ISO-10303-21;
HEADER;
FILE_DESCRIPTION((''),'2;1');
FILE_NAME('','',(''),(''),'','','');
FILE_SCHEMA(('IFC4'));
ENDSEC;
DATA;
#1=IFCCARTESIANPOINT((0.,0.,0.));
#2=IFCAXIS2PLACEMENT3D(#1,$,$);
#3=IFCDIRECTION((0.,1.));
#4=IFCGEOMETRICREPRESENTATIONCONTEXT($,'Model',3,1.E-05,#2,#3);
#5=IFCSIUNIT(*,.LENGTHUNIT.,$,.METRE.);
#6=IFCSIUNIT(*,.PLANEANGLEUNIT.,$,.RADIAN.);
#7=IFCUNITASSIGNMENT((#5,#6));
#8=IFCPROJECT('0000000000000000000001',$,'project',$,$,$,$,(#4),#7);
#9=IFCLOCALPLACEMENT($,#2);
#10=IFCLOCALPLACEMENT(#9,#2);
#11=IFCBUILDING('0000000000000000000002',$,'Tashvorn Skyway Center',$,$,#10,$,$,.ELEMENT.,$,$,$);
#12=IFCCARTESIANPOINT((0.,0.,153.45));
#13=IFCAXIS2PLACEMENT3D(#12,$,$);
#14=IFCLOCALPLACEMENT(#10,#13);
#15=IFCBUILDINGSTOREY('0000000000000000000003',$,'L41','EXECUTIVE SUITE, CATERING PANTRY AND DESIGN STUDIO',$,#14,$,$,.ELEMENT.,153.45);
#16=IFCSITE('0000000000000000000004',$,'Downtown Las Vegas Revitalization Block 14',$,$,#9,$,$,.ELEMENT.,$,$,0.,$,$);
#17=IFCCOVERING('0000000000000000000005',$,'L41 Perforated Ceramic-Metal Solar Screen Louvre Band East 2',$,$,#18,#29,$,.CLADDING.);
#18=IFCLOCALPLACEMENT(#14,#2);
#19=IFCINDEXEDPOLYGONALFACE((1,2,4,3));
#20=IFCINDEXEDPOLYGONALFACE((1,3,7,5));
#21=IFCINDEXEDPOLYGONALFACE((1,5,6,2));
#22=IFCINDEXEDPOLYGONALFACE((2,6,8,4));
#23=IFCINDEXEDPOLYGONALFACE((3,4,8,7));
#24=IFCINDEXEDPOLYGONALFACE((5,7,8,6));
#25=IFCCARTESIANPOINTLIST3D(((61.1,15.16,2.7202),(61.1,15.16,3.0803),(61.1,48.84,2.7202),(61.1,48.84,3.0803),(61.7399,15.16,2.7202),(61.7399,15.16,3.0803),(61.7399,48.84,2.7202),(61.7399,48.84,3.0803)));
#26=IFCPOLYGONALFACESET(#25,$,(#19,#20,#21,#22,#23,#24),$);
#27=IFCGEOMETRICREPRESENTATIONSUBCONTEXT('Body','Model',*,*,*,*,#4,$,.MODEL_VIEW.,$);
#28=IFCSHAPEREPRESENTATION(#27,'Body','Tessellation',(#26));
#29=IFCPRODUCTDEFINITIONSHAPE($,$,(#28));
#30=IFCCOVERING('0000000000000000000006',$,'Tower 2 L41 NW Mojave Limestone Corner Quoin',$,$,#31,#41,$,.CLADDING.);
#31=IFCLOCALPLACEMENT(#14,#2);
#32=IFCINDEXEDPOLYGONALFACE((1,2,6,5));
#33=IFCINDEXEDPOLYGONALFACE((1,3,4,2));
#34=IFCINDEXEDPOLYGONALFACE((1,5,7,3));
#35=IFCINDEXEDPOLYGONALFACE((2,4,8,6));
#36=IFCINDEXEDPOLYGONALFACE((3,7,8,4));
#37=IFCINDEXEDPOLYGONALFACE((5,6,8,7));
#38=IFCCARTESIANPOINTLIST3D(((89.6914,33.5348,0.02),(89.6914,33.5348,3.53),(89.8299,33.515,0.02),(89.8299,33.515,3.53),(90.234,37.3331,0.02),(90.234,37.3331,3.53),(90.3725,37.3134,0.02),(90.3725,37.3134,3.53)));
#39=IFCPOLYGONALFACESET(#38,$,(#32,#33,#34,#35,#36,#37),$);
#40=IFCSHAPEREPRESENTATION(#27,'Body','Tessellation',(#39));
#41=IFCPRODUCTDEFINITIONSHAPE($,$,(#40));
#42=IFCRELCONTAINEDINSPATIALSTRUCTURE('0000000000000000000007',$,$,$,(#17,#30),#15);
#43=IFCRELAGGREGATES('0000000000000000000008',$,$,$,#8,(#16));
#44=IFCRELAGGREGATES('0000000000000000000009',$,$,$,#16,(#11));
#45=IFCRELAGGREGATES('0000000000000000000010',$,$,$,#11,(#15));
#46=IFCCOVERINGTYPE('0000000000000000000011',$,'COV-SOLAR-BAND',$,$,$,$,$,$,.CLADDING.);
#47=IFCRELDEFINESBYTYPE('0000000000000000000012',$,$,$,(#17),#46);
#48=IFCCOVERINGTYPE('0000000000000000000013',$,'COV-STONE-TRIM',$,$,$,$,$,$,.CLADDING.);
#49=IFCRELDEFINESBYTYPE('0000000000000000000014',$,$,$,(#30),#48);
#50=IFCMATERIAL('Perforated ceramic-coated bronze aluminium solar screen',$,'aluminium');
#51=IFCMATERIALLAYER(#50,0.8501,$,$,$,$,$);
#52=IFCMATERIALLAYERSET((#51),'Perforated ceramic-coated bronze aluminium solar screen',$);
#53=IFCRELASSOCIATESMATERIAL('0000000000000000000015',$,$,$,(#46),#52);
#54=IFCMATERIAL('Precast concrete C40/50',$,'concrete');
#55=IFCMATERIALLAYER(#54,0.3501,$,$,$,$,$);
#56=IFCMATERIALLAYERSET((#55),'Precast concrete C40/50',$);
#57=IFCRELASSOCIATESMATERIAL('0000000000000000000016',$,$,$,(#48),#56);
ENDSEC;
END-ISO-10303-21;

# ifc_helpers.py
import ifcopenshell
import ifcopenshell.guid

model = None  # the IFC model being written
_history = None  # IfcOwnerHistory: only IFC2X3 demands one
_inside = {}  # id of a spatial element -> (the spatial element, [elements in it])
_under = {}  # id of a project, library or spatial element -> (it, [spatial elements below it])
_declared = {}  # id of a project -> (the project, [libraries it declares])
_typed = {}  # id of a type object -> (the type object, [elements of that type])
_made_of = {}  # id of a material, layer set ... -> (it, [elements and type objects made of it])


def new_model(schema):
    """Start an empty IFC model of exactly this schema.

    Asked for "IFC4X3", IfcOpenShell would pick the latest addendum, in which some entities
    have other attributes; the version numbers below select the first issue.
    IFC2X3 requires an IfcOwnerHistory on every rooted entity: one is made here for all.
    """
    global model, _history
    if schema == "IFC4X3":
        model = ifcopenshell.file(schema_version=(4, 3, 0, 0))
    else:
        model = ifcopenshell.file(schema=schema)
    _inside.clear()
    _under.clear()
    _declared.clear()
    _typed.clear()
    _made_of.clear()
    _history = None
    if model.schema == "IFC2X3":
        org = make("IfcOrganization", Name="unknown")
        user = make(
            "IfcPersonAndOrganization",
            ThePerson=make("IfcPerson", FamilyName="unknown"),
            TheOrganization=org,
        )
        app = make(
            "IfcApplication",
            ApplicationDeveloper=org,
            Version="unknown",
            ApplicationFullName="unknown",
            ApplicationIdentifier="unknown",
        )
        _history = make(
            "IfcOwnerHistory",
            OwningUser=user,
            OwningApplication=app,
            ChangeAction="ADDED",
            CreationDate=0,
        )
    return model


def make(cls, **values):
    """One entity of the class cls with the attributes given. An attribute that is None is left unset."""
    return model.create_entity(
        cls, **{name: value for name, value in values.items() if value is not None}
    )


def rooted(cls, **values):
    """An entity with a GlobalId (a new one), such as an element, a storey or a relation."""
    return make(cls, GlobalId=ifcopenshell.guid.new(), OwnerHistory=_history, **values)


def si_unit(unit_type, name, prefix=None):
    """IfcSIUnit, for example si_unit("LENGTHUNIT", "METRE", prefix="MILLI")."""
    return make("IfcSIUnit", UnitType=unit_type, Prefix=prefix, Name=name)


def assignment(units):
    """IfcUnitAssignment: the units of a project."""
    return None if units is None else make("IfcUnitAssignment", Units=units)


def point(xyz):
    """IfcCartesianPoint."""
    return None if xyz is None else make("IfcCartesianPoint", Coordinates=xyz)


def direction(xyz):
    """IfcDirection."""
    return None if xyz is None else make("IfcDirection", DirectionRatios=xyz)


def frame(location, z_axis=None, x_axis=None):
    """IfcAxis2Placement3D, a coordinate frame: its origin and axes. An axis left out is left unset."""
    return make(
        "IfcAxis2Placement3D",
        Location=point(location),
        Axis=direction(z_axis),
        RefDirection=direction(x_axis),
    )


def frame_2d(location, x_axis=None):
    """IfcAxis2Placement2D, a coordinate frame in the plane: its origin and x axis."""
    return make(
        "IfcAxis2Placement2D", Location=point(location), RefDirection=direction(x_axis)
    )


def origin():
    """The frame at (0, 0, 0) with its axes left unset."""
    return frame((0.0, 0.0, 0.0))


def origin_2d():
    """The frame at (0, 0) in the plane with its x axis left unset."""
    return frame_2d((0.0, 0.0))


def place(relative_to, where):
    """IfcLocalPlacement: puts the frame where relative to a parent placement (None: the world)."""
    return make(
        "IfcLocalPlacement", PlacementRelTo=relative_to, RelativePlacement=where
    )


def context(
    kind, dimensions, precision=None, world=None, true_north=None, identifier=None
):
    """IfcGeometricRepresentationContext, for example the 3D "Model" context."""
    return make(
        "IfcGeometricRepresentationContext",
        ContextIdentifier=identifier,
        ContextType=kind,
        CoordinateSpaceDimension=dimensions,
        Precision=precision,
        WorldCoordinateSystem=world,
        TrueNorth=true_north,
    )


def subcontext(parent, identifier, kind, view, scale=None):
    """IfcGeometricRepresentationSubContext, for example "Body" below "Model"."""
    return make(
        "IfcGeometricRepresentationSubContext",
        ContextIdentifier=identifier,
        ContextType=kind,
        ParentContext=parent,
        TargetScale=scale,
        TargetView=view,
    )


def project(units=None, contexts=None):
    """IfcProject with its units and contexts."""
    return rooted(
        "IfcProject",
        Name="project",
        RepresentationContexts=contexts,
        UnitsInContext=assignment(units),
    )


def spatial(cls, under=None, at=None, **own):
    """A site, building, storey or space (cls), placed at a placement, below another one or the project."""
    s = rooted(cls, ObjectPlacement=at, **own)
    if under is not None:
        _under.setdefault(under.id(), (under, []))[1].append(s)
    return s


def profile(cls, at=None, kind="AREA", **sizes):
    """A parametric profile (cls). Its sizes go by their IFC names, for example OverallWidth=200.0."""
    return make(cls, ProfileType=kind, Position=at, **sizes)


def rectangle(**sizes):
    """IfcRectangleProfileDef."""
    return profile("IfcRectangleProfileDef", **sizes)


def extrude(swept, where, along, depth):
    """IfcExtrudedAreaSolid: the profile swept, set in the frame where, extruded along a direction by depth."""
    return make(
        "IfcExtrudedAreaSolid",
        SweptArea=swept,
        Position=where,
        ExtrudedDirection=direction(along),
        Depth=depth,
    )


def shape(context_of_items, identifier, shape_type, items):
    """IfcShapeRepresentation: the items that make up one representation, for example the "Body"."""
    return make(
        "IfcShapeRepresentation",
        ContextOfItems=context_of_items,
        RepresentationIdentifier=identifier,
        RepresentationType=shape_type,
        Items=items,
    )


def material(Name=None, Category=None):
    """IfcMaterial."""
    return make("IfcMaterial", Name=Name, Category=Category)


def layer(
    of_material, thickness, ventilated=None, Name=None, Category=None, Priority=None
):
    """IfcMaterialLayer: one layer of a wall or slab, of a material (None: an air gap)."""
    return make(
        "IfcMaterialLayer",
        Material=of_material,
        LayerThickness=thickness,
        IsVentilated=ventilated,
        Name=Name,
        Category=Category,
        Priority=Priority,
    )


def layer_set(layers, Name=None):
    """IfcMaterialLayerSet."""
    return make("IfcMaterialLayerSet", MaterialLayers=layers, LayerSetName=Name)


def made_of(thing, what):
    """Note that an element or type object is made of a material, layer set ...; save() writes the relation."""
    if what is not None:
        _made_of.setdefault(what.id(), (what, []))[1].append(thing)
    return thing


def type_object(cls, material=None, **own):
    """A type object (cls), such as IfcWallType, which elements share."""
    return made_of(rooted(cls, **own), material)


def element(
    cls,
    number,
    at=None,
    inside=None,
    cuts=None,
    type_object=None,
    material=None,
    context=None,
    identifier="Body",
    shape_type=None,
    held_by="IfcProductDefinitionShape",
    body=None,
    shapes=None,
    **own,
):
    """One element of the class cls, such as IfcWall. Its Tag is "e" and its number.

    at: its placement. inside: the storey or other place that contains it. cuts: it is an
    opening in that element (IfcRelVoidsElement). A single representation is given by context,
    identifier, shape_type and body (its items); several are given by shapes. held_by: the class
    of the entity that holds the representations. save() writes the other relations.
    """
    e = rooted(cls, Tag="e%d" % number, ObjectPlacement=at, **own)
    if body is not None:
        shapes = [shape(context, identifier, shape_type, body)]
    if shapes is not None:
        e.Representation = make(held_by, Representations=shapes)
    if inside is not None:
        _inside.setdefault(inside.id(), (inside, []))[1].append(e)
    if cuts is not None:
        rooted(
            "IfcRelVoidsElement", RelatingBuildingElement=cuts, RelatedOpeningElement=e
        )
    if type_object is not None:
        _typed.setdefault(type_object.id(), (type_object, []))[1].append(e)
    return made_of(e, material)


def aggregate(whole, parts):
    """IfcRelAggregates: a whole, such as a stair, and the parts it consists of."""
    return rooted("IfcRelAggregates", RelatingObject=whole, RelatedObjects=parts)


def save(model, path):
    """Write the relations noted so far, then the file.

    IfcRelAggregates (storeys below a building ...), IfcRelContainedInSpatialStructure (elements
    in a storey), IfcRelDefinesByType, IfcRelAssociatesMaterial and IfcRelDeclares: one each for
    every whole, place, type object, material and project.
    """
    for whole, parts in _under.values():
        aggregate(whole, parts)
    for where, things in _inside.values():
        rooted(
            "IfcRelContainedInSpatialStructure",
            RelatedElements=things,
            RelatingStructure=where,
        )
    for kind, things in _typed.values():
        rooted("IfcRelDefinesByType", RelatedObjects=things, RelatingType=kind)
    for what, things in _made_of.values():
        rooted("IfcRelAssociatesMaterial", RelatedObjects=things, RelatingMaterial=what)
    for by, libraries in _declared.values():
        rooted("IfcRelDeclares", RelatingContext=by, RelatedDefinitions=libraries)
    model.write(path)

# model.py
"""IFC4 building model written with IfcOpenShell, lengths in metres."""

from ifc_helpers import new_model, si_unit, direction, frame, origin, origin_2d, place, context, subcontext, project, spatial, rectangle, extrude, material, layer, layer_set, type_object, element, save


model = new_model("IFC4")

# Units and contexts
model_context = context("Model", 3, precision=1e-05, world=origin(), true_north=direction((0.0, 1.0)))
body_context = subcontext(model_context, "Body", "Model", "MODEL_VIEW")
ifc_project = project(units=[si_unit("LENGTHUNIT", "METRE"), si_unit("PLANEANGLEUNIT", "RADIAN")], contexts=[model_context])

# Site, building, storey
site_placement = place(None, origin())
site = spatial("IfcSite", under=ifc_project, at=site_placement, Name="Downtown Las Vegas Revitalization Block 14", CompositionType="ELEMENT", RefElevation=0.0)
building_placement = place(site_placement, origin())
building = spatial("IfcBuilding", under=site, at=building_placement, Name="Tashvorn Skyway Center", CompositionType="ELEMENT")
storey_placement = place(building_placement, frame((0.0, 0.0, 153.45)))
storey = spatial("IfcBuildingStorey", under=building, at=storey_placement, Name="L41", Description="EXECUTIVE SUITE, CATERING PANTRY AND DESIGN STUDIO", CompositionType="ELEMENT", Elevation=153.45)

# Shared definitions
ifc_material_1 = material(Name="Precast concrete C40/50", Category="concrete")

# Coverings
ifc_material_2 = material(Name="Perforated ceramic-coated bronze aluminium solar screen", Category="aluminium")
ifc_layer_1 = layer(ifc_material_2, 0.8501)
ifc_layer_set_1 = layer_set([ifc_layer_1], Name="Perforated ceramic-coated bronze aluminium solar screen")
covering_type_1 = type_object("IfcCoveringType", Name="COV-SOLAR-BAND", PredefinedType="CLADDING", material=ifc_layer_set_1)
for number, where, z_axis, x_axis, name in (
    (1, (61.4199, 32.0, 2.7202), (0.0, 0.0, 1.0), (0.0, -1.0, 0.0), "L41 Perforated Ceramic-Metal Solar Screen Louvre Band East 2"),
):
    element("IfcCovering", number, at=place(storey_placement, frame(where, z_axis=z_axis, x_axis=x_axis)), inside=storey, type_object=covering_type_1, Name=name, PredefinedType="CLADDING", context=body_context, shape_type="SweptSolid", body=[
        extrude(rectangle(XDim=33.6799, YDim=0.6399, at=origin_2d()), origin(), (0.0, 0.0, 1.0), 0.3601),
    ])
ifc_layer_2 = layer(ifc_material_1, 0.3501)
ifc_layer_set_2 = layer_set([ifc_layer_2], Name="Precast concrete C40/50")
covering_type_2 = type_object("IfcCoveringType", Name="COV-STONE-TRIM", PredefinedType="CLADDING", material=ifc_layer_set_2)
covering_placement = place(storey_placement, frame((90.032, 35.4241, 0.02), z_axis=(0.0, 0.0, 1.0), x_axis=(-0.141421, -0.989949, 0.0)))
element("IfcCovering", 2, at=covering_placement, inside=storey, type_object=covering_type_2, Name="Tower 2 L41 NW Mojave Limestone Corner Quoin", PredefinedType="CLADDING", context=body_context, shape_type="SweptSolid", body=[
    extrude(rectangle(XDim=3.8369, YDim=0.1399, at=origin_2d()), origin(), (0.0, 0.0, 1.0), 3.51),
])

save(model, "model.ifc")
